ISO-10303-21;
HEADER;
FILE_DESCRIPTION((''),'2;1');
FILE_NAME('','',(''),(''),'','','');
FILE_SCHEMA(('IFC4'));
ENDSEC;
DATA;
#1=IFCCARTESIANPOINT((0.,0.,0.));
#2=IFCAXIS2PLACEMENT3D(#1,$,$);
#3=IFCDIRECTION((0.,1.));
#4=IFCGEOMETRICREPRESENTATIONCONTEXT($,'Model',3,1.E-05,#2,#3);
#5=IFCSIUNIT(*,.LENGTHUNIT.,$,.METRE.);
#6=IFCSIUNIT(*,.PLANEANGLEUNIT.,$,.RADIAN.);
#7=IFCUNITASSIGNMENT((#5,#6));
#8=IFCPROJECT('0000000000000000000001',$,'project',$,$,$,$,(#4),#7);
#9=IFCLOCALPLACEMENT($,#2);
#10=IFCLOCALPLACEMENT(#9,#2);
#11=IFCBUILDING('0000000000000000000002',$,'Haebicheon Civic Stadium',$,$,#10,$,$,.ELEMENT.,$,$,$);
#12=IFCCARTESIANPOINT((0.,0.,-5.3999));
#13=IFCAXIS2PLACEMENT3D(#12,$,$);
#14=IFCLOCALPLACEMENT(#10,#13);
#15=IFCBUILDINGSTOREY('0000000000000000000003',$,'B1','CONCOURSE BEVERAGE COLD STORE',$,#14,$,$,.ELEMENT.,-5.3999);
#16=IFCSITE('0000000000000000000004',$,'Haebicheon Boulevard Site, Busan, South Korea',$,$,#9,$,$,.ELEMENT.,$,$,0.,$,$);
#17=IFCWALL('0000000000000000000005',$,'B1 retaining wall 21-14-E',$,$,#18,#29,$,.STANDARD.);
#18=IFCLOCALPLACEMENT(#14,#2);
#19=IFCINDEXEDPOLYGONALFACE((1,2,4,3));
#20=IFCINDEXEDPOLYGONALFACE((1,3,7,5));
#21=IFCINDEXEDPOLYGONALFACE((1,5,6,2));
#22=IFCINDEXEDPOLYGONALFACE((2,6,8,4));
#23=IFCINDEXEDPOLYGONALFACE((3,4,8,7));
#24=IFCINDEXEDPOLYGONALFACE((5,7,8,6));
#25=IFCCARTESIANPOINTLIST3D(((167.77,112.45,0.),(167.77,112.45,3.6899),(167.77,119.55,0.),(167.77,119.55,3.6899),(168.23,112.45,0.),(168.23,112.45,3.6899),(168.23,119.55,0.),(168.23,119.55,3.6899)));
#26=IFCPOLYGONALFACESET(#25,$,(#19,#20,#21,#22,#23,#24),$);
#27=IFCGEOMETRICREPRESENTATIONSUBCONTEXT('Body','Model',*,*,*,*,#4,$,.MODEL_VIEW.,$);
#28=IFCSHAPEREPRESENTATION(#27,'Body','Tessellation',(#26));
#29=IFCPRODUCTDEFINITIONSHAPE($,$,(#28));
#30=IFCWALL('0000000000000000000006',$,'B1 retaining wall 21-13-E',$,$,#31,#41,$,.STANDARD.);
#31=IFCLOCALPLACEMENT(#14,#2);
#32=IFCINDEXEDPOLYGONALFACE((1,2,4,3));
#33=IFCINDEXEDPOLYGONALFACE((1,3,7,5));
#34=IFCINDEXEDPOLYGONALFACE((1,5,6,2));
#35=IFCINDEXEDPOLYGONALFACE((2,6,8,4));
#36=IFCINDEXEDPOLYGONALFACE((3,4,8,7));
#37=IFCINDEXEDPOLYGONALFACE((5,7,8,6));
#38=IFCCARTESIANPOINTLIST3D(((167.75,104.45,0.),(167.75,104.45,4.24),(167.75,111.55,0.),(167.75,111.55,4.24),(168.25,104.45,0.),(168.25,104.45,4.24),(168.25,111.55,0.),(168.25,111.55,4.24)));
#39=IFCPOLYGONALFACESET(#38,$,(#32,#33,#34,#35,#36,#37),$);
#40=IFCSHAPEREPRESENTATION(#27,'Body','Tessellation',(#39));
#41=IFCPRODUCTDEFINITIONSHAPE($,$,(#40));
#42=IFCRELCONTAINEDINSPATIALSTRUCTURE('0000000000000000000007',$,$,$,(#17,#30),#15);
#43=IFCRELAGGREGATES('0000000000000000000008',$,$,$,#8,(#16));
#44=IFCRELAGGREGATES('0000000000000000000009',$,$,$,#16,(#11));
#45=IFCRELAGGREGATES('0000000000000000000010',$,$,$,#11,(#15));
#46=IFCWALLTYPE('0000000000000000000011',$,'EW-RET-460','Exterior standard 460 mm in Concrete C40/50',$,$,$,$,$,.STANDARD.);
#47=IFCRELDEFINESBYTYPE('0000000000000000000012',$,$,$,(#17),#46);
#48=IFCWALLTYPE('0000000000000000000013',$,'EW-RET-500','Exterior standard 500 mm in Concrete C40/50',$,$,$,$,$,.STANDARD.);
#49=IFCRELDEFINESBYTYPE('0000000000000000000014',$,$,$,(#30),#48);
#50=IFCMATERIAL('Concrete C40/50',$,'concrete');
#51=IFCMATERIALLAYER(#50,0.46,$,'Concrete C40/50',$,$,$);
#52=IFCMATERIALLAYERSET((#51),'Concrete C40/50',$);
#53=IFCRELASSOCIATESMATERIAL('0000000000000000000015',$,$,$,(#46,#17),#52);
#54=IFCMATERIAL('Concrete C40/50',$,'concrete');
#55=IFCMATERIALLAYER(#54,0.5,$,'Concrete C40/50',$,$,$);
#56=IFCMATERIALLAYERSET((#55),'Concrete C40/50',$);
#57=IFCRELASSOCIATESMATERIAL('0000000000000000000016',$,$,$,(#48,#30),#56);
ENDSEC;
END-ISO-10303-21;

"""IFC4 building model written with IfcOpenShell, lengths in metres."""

from ifc_helpers import new_model, si_unit, direction, frame, frame_2d, origin, place, context, subcontext, project, spatial, rectangle, extrude, material, layer, layer_set, type_object, element, save


model = new_model("IFC4")

# Units and contexts
model_context = context("Model", 3, precision=1e-05, world=origin(), true_north=direction((0.0, 1.0)))
body_context = subcontext(model_context, "Body", "Model", "MODEL_VIEW")
ifc_project = project(units=[si_unit("LENGTHUNIT", "METRE"), si_unit("PLANEANGLEUNIT", "RADIAN")], contexts=[model_context])

# Site, building, storey
site_placement = place(None, origin())
site = spatial("IfcSite", under=ifc_project, at=site_placement, Name="Haebicheon Boulevard Site, Busan, South Korea", CompositionType="ELEMENT", RefElevation=0.0)
building_placement = place(site_placement, origin())
building = spatial("IfcBuilding", under=site, at=building_placement, Name="Haebicheon Civic Stadium", CompositionType="ELEMENT")
storey_placement = place(building_placement, frame((0.0, 0.0, -5.3999)))
storey = spatial("IfcBuildingStorey", under=building, at=storey_placement, Name="B1", Description="CONCOURSE BEVERAGE COLD STORE", CompositionType="ELEMENT", Elevation=-5.3999)

# Walls
ifc_material_1 = material(Name="Concrete C40/50", Category="concrete")
ifc_layer_1 = layer(ifc_material_1, 0.46, Name="Concrete C40/50")
ifc_layer_set_1 = layer_set([ifc_layer_1], Name="Concrete C40/50")
wall_type_1 = type_object("IfcWallType", Name="EW-RET-460", Description="Exterior standard 460 mm in Concrete C40/50", PredefinedType="STANDARD", material=ifc_layer_set_1)
wall_1_placement = place(storey_placement, frame((168.0, 112.45, 0.0), z_axis=(0.0, 0.0, 1.0), x_axis=(0.0, 1.0, 0.0)))
element("IfcWall", 1, at=wall_1_placement, inside=storey, type_object=wall_type_1, material=ifc_layer_set_1, Name="B1 retaining wall 21-14-E", PredefinedType="STANDARD", context=body_context, shape_type="SweptSolid", body=[
    extrude(rectangle(XDim=7.1001, YDim=0.46, at=frame_2d((3.55, 0.0))), origin(), (0.0, 0.0, 1.0), 3.6899),
])
ifc_material_2 = material(Name="Concrete C40/50", Category="concrete")
ifc_layer_2 = layer(ifc_material_2, 0.5, Name="Concrete C40/50")
ifc_layer_set_2 = layer_set([ifc_layer_2], Name="Concrete C40/50")
wall_type_2 = type_object("IfcWallType", Name="EW-RET-500", Description="Exterior standard 500 mm in Concrete C40/50", PredefinedType="STANDARD", material=ifc_layer_set_2)
wall_2_placement = place(storey_placement, frame((168.0, 104.45, 0.0), z_axis=(0.0, 0.0, 1.0), x_axis=(0.0, 1.0, 0.0)))
element("IfcWall", 2, at=wall_2_placement, inside=storey, type_object=wall_type_2, material=ifc_layer_set_2, Name="B1 retaining wall 21-13-E", PredefinedType="STANDARD", context=body_context, shape_type="SweptSolid", body=[
    extrude(rectangle(XDim=7.1001, YDim=0.5, at=frame_2d((3.55, 0.0))), origin(), (0.0, 0.0, 1.0), 4.24),
])

save(model, "model.ifc")
